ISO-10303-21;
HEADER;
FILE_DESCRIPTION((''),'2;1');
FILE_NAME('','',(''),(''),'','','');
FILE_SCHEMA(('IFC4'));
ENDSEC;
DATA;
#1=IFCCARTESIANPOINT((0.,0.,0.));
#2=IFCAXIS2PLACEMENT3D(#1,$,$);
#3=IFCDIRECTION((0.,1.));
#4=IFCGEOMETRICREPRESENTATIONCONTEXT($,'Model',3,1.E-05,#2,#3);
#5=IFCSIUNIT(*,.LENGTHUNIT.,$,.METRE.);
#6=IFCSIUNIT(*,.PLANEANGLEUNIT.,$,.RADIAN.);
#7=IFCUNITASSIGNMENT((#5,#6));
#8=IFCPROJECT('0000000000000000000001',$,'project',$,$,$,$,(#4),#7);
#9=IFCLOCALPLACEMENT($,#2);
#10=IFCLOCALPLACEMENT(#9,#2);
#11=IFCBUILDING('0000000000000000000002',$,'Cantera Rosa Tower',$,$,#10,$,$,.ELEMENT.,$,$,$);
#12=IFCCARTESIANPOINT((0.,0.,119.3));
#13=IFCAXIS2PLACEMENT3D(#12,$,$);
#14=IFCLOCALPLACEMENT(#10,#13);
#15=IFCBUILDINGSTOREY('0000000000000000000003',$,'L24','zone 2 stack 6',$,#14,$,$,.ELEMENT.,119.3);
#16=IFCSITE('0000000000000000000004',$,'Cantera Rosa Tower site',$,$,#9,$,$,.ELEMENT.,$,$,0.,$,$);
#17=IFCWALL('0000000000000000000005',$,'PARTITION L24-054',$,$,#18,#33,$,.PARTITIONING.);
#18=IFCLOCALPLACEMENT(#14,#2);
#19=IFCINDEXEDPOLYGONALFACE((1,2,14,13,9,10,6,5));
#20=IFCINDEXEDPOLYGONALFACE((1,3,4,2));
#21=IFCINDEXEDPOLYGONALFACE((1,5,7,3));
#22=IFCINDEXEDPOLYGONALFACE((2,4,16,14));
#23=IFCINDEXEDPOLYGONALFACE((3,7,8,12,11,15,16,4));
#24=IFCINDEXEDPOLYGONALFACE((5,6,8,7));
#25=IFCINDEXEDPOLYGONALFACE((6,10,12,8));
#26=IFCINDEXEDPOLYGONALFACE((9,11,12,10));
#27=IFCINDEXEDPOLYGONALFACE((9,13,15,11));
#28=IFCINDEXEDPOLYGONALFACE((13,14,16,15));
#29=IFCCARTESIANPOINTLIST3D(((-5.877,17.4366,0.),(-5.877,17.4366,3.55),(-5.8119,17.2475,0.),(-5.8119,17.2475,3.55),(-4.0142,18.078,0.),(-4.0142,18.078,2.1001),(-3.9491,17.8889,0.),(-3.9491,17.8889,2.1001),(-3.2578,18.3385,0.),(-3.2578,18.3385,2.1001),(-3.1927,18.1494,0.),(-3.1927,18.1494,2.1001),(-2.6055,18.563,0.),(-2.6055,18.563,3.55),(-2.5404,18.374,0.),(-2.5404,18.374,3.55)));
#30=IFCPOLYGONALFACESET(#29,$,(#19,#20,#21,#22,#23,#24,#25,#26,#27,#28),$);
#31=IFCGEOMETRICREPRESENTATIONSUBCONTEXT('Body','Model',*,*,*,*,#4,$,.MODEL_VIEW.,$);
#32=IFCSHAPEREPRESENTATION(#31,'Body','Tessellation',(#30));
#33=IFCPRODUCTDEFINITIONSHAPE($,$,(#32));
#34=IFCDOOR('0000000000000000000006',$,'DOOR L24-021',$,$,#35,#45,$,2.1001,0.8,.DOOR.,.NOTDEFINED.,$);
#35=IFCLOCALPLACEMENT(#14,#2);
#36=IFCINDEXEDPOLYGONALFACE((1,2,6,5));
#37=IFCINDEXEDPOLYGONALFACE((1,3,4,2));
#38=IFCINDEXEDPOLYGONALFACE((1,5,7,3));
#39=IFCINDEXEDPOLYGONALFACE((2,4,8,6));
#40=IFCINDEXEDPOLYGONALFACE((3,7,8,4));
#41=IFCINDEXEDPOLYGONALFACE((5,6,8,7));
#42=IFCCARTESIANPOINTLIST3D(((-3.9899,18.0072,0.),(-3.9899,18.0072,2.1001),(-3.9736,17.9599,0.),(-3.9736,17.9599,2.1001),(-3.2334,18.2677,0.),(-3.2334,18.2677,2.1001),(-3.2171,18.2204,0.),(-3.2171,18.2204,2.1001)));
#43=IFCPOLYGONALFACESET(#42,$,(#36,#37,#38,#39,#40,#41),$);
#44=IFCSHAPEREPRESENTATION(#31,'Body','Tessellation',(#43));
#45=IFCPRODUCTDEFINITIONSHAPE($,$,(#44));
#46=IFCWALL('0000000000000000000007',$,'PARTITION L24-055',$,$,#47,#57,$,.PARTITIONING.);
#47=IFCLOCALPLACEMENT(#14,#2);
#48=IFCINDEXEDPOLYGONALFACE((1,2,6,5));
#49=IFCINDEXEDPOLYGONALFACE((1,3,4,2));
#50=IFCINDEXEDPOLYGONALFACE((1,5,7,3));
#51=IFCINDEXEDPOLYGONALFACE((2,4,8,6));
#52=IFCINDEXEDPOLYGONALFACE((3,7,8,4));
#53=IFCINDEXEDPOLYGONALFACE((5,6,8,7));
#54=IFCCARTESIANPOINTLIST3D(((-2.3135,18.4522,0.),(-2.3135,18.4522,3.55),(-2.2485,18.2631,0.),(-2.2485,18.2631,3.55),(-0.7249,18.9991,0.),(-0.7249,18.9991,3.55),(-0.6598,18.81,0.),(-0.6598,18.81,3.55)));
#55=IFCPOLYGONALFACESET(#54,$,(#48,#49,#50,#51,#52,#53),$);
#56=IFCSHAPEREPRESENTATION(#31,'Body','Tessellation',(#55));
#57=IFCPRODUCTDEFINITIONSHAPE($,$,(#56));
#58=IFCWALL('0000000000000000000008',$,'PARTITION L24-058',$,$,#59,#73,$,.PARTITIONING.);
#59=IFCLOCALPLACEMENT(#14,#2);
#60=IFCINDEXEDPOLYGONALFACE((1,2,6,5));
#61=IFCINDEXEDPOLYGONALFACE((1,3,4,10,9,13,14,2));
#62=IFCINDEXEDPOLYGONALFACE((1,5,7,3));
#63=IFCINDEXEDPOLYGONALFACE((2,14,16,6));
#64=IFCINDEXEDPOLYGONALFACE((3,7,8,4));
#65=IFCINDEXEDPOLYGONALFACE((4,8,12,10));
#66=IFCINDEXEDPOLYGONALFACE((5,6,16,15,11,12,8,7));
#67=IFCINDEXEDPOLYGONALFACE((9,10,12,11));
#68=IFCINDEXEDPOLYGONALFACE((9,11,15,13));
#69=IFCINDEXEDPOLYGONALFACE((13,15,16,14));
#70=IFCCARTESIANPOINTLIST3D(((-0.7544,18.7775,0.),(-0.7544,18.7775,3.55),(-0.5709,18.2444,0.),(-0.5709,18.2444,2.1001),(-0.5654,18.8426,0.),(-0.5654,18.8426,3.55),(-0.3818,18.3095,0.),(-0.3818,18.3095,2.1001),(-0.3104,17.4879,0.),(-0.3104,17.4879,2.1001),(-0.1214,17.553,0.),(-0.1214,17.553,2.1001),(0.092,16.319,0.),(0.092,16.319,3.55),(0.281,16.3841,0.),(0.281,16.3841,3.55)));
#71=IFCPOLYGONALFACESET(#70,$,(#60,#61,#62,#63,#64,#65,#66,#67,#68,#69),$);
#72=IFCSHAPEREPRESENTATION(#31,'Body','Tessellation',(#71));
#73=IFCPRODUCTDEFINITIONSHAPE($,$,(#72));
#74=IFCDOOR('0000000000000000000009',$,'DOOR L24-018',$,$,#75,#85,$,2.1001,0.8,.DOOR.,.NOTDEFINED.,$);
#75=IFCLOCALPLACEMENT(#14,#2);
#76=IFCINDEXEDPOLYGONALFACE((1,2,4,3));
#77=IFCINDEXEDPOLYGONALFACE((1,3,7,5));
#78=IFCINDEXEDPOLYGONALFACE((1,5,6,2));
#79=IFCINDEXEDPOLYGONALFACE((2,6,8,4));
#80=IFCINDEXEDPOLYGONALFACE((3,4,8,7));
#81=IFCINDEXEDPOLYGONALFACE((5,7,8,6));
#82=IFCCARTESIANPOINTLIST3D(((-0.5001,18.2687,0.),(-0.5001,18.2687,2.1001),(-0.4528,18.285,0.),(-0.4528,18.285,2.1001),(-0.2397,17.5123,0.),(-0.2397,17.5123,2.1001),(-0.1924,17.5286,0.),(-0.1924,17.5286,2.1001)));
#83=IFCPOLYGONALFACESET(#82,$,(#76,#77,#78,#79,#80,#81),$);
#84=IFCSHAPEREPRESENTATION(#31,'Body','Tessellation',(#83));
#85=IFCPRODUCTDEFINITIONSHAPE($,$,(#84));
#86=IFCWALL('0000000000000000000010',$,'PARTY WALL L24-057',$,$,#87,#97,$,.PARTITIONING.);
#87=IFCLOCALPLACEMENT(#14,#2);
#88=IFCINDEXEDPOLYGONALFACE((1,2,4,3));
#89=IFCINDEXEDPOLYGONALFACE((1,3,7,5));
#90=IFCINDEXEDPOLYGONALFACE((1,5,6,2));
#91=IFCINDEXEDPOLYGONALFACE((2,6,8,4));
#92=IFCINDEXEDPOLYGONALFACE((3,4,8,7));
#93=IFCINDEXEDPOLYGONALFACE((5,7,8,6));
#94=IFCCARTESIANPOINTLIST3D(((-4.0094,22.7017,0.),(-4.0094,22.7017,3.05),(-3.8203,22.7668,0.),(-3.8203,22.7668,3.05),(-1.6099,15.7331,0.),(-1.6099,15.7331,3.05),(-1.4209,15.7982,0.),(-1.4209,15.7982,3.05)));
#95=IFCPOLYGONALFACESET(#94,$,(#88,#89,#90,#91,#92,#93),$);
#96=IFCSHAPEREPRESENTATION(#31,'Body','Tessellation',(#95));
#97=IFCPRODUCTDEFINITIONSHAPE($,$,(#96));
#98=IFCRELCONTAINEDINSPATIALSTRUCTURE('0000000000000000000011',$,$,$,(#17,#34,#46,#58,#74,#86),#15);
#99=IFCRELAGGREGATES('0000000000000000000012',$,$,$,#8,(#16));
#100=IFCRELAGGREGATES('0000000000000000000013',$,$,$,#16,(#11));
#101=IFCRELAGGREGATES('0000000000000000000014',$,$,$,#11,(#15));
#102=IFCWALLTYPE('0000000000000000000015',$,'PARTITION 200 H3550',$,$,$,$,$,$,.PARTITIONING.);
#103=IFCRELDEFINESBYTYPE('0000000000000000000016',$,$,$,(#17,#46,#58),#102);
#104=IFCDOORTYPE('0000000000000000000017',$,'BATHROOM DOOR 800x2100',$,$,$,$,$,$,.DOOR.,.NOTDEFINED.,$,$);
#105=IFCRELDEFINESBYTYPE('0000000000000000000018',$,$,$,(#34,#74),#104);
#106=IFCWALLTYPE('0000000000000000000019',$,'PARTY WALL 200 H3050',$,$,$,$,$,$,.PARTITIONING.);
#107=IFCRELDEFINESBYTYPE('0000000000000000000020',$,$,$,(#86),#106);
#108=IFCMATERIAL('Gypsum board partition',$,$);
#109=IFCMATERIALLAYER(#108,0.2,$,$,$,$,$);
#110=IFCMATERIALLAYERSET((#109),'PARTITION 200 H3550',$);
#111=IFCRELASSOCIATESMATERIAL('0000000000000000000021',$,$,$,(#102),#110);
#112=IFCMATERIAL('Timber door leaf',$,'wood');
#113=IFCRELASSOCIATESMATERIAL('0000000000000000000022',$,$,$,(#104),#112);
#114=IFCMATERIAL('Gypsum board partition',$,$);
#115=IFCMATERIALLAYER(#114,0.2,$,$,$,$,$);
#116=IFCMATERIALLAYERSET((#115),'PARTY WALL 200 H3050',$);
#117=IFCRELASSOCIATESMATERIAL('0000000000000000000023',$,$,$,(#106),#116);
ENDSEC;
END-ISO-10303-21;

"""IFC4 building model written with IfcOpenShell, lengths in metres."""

from ifc_helpers import new_model, si_unit, direction, frame, frame_2d, origin, place, context, subcontext, project, spatial, rectangle, extrude, material, layer, layer_set, type_object, element, fill, save


model = new_model("IFC4")

# Units and contexts
model_context = context("Model", 3, precision=1e-05, world=origin(), true_north=direction((0.0, 1.0)))
body_context = subcontext(model_context, "Body", "Model", "MODEL_VIEW")
ifc_project = project(units=[si_unit("LENGTHUNIT", "METRE"), si_unit("PLANEANGLEUNIT", "RADIAN")], contexts=[model_context])

# Site, building, storey
site_placement = place(None, origin())
site = spatial("IfcSite", under=ifc_project, at=site_placement, Name="Cantera Rosa Tower site", CompositionType="ELEMENT", RefElevation=0.0)
building_placement = place(site_placement, origin())
building = spatial("IfcBuilding", under=site, at=building_placement, Name="Cantera Rosa Tower", CompositionType="ELEMENT")
storey_placement = place(building_placement, frame((0.0, 0.0, 119.3)))
storey = spatial("IfcBuildingStorey", under=building, at=storey_placement, Name="L24", Description="zone 2 stack 6", CompositionType="ELEMENT", Elevation=119.3)

# Shared definitions
ifc_material_1 = material(Name="Gypsum board partition")
ifc_layer_1 = layer(ifc_material_1, 0.2)
ifc_layer_set_1 = layer_set([ifc_layer_1], Name="PARTITION 200 H3550")
wall_type_1 = type_object("IfcWallType", Name="PARTITION 200 H3550", PredefinedType="PARTITIONING", material=ifc_layer_set_1)

# Wall, opening, door
wall_1_placement = place(storey_placement, frame((-2.573, 18.4685, 0.0), z_axis=(0.0, 0.0, 1.0), x_axis=(-0.945518, -0.325569, 0.0)))
wall_1 = element("IfcWall", 1, at=wall_1_placement, inside=storey, type_object=wall_type_1, Name="PARTITION L24-054", PredefinedType="PARTITIONING", context=body_context, shape_type="SweptSolid", body=[
    extrude(rectangle(XDim=3.46, YDim=0.2, at=frame_2d((1.73, 0.0))), origin(), (0.0, 0.0, 1.0), 3.55),
])
opening_1_placement = place(wall_1_placement, frame((0.6899, 0.0, 0.0)))
opening_1 = element("IfcOpeningElement", 2, at=opening_1_placement, cuts=wall_1, PredefinedType="OPENING", context=body_context, shape_type="SweptSolid", body=[
    extrude(rectangle(XDim=0.8, YDim=2.1001, at=frame_2d((0.3999, 1.05))), frame((0.0, 0.1099, 0.0), z_axis=(0.0, -1.0, 0.0), x_axis=(1.0, 0.0, 0.0)), (0.0, 0.0, 1.0), 0.22),
])
ifc_material_2 = material(Name="Timber door leaf", Category="wood")
door_type_1 = type_object("IfcDoorType", Name="BATHROOM DOOR 800x2100", OperationType="NOTDEFINED", PredefinedType="DOOR", material=ifc_material_2)
door_1_placement = place(opening_1_placement, origin())
door_1 = element("IfcDoor", 3, at=door_1_placement, inside=storey, type_object=door_type_1, Name="DOOR L24-021", OperationType="NOTDEFINED", OverallHeight=2.1001, OverallWidth=0.8, PredefinedType="DOOR", context=body_context, shape_type="SweptSolid", body=[
    extrude(rectangle(XDim=0.8, YDim=2.1001, at=frame_2d((0.3999, 1.05))), frame((0.0, 0.0249, 0.0), z_axis=(0.0, -1.0, 0.0), x_axis=(1.0, 0.0, 0.0)), (0.0, 0.0, 1.0), 0.05),
])
fill(opening_1, door_1)

# Wall
wall_2_placement = place(storey_placement, frame((-2.281, 18.3577, 0.0), z_axis=(0.0, 0.0, 1.0), x_axis=(0.945543, 0.325498, 0.0)))
element("IfcWall", 4, at=wall_2_placement, inside=storey, type_object=wall_type_1, Name="PARTITION L24-055", PredefinedType="PARTITIONING", context=body_context, shape_type="SweptSolid", body=[
    extrude(rectangle(XDim=1.6802, YDim=0.2, at=frame_2d((0.8401, 0.0))), origin(), (0.0, 0.0, 1.0), 3.55),
])

# Wall, opening, door
wall_3_placement = place(storey_placement, frame((-0.6599, 18.8101, 0.0), z_axis=(0.0, 0.0, 1.0), x_axis=(0.325536, -0.94553, 0.0)))
wall_3 = element("IfcWall", 5, at=wall_3_placement, inside=storey, type_object=wall_type_1, Name="PARTITION L24-058", PredefinedType="PARTITIONING", context=body_context, shape_type="SweptSolid", body=[
    extrude(rectangle(XDim=2.6001, YDim=0.2, at=frame_2d((1.3, 0.0))), origin(), (0.0, 0.0, 1.0), 3.55),
])
opening_2_placement = place(wall_3_placement, frame((0.564, 0.0, 0.0)))
opening_2 = element("IfcOpeningElement", 6, at=opening_2_placement, cuts=wall_3, PredefinedType="OPENING", context=body_context, shape_type="SweptSolid", body=[
    extrude(rectangle(XDim=0.8, YDim=2.1001, at=frame_2d((0.3999, 1.05))), frame((0.0, 0.1099, 0.0), z_axis=(0.0, -1.0, 0.0), x_axis=(1.0, 0.0, 0.0)), (0.0, 0.0, 1.0), 0.22),
])
door_2_placement = place(opening_2_placement, origin())
door_2 = element("IfcDoor", 7, at=door_2_placement, inside=storey, type_object=door_type_1, Name="DOOR L24-018", OperationType="NOTDEFINED", OverallHeight=2.1001, OverallWidth=0.8, PredefinedType="DOOR", context=body_context, shape_type="SweptSolid", body=[
    extrude(rectangle(XDim=0.8, YDim=2.1001, at=frame_2d((0.3999, 1.05))), frame((0.0, 0.0249, 0.0), z_axis=(0.0, -1.0, 0.0), x_axis=(1.0, 0.0, 0.0)), (0.0, 0.0, 1.0), 0.05),
])
fill(opening_2, door_2)

# Wall
ifc_material_3 = material(Name="Gypsum board partition")
ifc_layer_2 = layer(ifc_material_3, 0.2)
ifc_layer_set_2 = layer_set([ifc_layer_2], Name="PARTY WALL 200 H3050")
wall_type_2 = type_object("IfcWallType", Name="PARTY WALL 200 H3050", PredefinedType="PARTITIONING", material=ifc_layer_set_2)
wall_4_placement = place(storey_placement, frame((-1.5154, 15.7656, 0.0), z_axis=(0.0, 0.0, 1.0), x_axis=(-0.325564, 0.94552, 0.0)))
element("IfcWall", 8, at=wall_4_placement, inside=storey, type_object=wall_type_2, Name="PARTY WALL L24-057", PredefinedType="PARTITIONING", context=body_context, shape_type="SweptSolid", body=[
    extrude(rectangle(XDim=7.3701, YDim=0.2, at=frame_2d((3.6851, 0.0))), origin(), (0.0, 0.0, 1.0), 3.05),
])

save(model, "model.ifc")
